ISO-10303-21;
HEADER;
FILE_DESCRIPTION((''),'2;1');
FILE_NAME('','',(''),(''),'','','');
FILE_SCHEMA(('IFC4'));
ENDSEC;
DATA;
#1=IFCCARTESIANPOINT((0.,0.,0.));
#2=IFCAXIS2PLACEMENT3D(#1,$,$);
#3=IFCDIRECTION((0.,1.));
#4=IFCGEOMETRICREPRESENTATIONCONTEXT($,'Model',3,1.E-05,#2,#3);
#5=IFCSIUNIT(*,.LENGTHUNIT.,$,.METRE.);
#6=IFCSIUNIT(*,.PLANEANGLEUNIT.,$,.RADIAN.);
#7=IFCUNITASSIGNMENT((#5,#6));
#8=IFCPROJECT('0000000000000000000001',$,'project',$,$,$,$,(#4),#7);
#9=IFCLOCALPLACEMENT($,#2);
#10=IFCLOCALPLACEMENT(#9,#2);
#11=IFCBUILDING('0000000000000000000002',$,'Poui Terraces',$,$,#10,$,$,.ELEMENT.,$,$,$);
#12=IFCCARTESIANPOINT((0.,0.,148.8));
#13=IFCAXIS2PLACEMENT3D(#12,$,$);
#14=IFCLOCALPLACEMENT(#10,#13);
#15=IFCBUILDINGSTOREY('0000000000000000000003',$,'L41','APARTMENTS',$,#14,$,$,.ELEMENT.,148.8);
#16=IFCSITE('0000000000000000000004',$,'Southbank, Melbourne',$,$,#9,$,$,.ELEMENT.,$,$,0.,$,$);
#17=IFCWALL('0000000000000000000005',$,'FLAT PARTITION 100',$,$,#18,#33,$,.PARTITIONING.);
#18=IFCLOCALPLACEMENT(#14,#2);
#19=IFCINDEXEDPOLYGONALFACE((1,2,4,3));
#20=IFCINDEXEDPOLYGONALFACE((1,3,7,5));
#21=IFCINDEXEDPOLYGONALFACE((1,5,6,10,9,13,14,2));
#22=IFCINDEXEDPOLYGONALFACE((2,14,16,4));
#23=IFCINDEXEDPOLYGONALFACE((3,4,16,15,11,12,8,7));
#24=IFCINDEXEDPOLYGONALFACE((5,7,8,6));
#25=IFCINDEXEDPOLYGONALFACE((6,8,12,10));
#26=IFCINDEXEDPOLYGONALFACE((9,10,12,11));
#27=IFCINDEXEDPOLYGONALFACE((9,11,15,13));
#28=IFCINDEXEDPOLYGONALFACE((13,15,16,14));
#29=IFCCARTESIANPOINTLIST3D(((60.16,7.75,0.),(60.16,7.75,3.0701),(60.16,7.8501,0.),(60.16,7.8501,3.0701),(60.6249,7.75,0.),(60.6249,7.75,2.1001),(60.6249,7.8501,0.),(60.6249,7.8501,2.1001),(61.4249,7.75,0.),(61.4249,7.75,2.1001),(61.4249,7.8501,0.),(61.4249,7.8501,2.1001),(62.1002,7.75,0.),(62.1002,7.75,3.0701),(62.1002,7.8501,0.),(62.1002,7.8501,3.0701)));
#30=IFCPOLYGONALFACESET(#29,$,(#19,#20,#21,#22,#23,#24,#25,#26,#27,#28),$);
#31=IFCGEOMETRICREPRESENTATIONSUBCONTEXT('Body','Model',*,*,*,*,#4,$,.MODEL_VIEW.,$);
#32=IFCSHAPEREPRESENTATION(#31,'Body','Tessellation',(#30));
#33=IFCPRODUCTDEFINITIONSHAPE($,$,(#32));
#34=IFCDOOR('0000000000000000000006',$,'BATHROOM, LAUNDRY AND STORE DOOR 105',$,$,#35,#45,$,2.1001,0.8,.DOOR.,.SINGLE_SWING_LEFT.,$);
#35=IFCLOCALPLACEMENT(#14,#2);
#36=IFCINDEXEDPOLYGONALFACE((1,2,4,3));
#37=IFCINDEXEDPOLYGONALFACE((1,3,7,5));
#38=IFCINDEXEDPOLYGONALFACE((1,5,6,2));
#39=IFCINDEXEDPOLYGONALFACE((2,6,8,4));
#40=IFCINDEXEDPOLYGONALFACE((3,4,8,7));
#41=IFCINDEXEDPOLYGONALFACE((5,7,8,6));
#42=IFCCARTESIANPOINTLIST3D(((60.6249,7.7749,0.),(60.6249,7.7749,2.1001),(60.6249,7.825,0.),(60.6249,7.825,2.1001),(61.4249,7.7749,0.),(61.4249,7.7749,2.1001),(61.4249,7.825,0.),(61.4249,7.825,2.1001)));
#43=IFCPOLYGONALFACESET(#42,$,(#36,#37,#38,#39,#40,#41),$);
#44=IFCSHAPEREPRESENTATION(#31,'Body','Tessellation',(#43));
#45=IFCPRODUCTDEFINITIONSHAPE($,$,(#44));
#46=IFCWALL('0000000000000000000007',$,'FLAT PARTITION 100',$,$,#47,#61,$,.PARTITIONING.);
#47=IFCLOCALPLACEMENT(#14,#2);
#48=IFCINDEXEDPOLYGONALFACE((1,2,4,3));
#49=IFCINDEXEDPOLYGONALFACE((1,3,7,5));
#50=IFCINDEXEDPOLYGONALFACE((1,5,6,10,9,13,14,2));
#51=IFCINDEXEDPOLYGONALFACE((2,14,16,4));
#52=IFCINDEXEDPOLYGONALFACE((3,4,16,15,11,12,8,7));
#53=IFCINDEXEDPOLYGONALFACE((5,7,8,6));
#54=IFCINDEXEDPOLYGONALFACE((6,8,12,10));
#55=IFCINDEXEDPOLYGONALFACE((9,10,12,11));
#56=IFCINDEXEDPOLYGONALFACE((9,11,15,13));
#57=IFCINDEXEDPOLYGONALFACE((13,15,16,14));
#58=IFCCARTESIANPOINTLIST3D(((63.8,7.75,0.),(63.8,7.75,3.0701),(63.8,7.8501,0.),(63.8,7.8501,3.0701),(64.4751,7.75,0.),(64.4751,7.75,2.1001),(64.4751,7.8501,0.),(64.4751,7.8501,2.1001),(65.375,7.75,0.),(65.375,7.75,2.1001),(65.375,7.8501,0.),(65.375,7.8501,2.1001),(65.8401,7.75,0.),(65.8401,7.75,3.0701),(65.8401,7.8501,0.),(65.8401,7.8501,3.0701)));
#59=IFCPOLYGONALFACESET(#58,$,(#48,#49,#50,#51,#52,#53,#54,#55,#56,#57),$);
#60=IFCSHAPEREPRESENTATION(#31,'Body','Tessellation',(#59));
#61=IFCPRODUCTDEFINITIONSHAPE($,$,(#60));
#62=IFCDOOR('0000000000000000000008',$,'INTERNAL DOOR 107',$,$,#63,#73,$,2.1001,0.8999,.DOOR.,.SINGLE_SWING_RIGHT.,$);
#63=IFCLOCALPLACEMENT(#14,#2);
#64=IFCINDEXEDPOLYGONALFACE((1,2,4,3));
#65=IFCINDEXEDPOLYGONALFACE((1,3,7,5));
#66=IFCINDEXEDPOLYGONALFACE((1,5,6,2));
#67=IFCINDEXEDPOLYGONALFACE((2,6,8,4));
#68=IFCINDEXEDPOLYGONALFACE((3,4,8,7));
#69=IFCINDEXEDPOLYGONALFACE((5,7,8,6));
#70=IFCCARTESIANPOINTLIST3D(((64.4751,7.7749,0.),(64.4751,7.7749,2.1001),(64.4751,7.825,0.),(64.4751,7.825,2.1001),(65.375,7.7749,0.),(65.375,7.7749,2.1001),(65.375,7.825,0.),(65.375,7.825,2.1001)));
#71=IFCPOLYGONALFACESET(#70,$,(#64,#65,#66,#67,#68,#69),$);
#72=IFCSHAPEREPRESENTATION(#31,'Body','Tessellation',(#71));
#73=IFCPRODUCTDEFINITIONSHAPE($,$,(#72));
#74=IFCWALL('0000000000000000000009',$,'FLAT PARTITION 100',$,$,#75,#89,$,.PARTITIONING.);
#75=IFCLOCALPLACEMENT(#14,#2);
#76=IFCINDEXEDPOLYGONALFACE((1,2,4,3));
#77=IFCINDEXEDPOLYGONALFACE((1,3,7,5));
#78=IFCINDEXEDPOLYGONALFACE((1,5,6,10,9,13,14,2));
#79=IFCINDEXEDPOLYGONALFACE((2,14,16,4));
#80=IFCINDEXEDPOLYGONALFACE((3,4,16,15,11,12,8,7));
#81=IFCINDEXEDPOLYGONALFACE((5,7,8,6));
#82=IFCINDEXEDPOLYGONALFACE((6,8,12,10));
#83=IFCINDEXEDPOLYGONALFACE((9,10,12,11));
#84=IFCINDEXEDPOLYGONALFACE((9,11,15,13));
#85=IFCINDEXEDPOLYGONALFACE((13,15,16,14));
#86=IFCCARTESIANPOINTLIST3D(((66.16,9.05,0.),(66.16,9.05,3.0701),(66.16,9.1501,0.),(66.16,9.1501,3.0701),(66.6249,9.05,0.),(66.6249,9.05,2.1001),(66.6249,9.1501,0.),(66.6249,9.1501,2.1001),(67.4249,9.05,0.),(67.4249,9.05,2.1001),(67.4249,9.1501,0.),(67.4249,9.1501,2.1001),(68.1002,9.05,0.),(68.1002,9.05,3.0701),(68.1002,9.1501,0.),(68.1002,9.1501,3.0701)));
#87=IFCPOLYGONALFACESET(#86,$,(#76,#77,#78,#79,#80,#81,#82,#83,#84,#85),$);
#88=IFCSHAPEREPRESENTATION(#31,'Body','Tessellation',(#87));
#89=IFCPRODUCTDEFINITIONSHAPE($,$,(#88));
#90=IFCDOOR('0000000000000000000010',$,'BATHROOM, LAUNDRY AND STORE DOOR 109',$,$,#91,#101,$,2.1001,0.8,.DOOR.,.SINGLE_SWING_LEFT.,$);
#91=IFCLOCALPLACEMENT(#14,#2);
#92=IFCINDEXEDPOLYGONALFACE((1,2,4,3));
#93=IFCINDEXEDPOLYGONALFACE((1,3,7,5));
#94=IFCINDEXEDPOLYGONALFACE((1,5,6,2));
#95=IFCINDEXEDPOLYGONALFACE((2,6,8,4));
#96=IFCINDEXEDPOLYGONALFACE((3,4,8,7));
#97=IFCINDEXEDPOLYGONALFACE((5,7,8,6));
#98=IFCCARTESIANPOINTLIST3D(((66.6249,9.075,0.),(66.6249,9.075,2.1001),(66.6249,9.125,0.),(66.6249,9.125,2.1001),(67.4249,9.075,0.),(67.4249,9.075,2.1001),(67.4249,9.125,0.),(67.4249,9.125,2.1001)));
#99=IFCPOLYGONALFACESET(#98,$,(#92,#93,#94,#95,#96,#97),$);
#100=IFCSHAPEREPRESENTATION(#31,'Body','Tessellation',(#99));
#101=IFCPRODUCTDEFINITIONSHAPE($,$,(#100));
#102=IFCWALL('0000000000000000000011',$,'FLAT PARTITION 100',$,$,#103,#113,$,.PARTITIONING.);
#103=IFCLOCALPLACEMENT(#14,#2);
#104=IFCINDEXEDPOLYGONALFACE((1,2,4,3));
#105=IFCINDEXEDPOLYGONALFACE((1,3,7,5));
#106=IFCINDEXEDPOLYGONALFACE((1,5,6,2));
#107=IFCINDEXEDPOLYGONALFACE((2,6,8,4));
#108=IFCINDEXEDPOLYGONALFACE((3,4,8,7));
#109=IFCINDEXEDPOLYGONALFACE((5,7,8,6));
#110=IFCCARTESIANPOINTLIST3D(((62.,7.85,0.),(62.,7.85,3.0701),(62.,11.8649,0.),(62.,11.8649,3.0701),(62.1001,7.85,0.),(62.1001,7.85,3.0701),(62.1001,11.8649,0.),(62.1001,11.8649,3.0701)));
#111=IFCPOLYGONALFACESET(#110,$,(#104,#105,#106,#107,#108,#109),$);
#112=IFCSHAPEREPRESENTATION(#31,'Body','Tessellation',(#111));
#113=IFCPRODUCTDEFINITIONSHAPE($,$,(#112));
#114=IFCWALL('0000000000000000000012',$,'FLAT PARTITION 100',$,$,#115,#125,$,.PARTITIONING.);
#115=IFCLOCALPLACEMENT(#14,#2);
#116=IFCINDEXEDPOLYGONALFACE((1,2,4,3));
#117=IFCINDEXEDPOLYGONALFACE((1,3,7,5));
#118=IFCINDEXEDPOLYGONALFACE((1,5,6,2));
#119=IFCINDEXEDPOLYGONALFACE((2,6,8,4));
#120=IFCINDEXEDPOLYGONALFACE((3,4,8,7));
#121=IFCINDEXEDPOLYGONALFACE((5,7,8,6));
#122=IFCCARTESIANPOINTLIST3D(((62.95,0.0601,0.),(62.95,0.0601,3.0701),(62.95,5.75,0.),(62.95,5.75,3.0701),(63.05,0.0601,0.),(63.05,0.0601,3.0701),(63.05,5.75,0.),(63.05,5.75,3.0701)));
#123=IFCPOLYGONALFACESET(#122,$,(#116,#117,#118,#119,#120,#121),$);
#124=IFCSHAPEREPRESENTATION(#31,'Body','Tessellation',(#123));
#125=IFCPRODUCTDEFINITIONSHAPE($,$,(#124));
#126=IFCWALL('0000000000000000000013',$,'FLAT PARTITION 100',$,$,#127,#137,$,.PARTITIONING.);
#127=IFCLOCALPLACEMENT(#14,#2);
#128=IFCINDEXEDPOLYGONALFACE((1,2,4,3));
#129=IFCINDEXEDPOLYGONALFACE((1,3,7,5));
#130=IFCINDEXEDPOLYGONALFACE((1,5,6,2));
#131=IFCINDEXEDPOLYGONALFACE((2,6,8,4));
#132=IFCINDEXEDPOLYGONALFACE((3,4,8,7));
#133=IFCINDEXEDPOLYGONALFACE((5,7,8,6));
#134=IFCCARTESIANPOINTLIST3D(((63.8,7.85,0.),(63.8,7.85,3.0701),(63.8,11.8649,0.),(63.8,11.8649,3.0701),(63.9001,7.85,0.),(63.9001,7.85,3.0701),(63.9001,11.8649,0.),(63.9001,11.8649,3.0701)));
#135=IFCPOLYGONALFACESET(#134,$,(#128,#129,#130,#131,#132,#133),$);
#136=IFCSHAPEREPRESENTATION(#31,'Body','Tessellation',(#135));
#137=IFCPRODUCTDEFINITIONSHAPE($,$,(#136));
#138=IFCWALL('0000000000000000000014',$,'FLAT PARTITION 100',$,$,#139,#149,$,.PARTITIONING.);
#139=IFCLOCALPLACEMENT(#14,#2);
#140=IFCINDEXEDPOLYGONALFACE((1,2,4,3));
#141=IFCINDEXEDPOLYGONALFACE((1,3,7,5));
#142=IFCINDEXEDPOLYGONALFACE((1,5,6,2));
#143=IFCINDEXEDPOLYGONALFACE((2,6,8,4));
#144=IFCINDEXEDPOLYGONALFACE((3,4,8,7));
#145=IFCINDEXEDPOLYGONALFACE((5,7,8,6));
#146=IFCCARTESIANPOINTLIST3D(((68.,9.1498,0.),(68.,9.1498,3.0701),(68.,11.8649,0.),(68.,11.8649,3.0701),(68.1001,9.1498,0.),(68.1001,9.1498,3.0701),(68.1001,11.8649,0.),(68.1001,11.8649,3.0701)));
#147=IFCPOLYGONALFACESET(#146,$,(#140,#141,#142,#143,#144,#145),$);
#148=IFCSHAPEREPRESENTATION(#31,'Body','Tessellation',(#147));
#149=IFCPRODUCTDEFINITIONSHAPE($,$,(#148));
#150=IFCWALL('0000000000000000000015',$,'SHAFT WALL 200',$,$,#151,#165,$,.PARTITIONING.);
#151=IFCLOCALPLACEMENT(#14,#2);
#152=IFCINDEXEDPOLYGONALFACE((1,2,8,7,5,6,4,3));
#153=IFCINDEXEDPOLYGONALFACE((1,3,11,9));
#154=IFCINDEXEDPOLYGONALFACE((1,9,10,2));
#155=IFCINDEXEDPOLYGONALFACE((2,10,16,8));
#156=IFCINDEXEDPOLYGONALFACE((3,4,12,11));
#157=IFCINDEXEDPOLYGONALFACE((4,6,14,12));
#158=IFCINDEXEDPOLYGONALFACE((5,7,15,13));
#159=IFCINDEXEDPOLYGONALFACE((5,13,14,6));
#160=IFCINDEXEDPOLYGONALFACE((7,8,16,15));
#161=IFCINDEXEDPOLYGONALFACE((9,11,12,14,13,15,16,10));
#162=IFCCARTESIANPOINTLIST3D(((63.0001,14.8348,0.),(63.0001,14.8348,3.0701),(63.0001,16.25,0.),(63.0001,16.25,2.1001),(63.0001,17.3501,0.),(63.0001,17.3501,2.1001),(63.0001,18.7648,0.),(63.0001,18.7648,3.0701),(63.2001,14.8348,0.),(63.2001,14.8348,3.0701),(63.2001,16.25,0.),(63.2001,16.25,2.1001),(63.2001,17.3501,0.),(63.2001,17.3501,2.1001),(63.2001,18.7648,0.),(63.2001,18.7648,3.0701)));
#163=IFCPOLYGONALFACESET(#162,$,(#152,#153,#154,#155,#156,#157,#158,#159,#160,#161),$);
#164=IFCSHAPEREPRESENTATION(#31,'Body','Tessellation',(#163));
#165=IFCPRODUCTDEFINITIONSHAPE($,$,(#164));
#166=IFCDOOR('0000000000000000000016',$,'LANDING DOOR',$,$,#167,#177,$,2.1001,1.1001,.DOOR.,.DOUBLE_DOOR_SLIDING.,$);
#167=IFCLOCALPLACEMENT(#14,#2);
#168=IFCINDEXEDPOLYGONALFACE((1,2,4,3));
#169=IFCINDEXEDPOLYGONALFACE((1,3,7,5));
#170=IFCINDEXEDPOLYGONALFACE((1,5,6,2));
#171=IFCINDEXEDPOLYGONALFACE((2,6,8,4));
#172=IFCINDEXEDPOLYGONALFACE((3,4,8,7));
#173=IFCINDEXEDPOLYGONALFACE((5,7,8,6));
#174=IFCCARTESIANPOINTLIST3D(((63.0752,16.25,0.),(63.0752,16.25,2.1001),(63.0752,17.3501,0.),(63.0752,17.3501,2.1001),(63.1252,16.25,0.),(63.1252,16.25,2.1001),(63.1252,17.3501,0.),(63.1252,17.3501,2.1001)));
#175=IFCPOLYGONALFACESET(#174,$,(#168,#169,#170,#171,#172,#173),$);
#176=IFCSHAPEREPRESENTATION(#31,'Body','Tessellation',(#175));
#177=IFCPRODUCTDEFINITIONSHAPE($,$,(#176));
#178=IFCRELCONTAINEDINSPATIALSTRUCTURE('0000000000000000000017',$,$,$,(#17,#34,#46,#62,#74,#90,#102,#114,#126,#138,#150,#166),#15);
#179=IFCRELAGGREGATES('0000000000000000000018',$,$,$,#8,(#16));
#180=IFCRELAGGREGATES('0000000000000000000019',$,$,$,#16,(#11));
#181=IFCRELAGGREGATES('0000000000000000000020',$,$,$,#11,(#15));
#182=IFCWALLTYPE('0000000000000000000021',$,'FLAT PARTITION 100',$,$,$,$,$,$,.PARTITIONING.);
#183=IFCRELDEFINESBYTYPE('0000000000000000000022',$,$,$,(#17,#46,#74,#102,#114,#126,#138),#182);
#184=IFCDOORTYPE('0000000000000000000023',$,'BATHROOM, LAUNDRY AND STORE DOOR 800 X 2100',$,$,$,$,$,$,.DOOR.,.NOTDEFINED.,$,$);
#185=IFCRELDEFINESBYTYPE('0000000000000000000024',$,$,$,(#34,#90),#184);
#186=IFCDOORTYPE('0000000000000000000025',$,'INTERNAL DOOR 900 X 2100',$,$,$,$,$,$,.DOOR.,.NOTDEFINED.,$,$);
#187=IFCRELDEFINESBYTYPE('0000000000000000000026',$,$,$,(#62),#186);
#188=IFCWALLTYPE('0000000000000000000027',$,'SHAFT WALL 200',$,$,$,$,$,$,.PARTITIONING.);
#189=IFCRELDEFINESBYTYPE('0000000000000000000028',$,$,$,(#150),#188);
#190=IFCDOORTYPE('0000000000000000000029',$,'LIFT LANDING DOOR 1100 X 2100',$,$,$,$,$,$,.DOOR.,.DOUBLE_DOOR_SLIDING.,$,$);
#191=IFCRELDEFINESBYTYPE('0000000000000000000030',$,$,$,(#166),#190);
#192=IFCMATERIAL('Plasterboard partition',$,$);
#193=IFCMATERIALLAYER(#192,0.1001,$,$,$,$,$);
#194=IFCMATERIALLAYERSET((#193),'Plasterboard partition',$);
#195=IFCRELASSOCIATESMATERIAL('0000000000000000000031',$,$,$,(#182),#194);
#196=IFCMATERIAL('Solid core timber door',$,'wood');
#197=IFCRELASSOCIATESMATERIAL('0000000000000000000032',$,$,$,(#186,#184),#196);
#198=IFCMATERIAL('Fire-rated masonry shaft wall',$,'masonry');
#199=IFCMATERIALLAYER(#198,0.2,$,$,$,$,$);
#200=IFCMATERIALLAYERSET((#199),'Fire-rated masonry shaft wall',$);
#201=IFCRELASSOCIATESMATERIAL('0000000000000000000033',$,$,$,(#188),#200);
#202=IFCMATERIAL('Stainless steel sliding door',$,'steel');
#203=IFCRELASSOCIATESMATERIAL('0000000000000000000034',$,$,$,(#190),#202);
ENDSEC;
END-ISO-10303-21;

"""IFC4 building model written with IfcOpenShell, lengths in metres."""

from ifc_helpers import new_model, si_unit, direction, frame, frame_2d, origin, place, context, subcontext, project, spatial, rectangle, extrude, material, layer, layer_set, type_object, element, fill, save


model = new_model("IFC4")

# Units and contexts
model_context = context("Model", 3, precision=1e-05, world=origin(), true_north=direction((0.0, 1.0)))
body_context = subcontext(model_context, "Body", "Model", "MODEL_VIEW")
ifc_project = project(units=[si_unit("LENGTHUNIT", "METRE"), si_unit("PLANEANGLEUNIT", "RADIAN")], contexts=[model_context])

# Site, building, storey
site_placement = place(None, origin())
site = spatial("IfcSite", under=ifc_project, at=site_placement, Name="Southbank, Melbourne", CompositionType="ELEMENT", RefElevation=0.0)
building_placement = place(site_placement, origin())
building = spatial("IfcBuilding", under=site, at=building_placement, Name="Poui Terraces", CompositionType="ELEMENT")
storey_placement = place(building_placement, frame((0.0, 0.0, 148.8)))
storey = spatial("IfcBuildingStorey", under=building, at=storey_placement, Name="L41", Description="APARTMENTS", CompositionType="ELEMENT", Elevation=148.8)

# Walls, openings, doors
ifc_material_1 = material(Name="Plasterboard partition")
ifc_layer_1 = layer(ifc_material_1, 0.1001)
ifc_layer_set_1 = layer_set([ifc_layer_1], Name="Plasterboard partition")
wall_type_1 = type_object("IfcWallType", Name="FLAT PARTITION 100", PredefinedType="PARTITIONING", material=ifc_layer_set_1)
ifc_material_2 = material(Name="Solid core timber door", Category="wood")
door_type_1 = type_object("IfcDoorType", Name="INTERNAL DOOR 900 X 2100", OperationType="NOTDEFINED", PredefinedType="DOOR", material=ifc_material_2)
wall_1_placement = place(storey_placement, frame((60.1599, 7.8, 0.0), z_axis=(0.0, 0.0, 1.0), x_axis=(1.0, 0.0, 0.0)))
wall_1 = element("IfcWall", 1, at=wall_1_placement, inside=storey, type_object=wall_type_1, Name="FLAT PARTITION 100", PredefinedType="PARTITIONING", context=body_context, shape_type="SweptSolid", body=[
    extrude(rectangle(XDim=1.9402, YDim=0.1001, at=frame_2d((0.9702, 0.0))), origin(), (0.0, 0.0, 1.0), 3.0701),
])
opening_1_placement = place(wall_1_placement, frame((0.4651, 0.0, 0.0)))
opening_1 = element("IfcOpeningElement", 2, at=opening_1_placement, cuts=wall_1, PredefinedType="OPENING", context=body_context, shape_type="SweptSolid", body=[
    extrude(rectangle(XDim=0.8, YDim=2.1001, at=frame_2d((0.3999, 1.05))), frame((0.0, 0.0601, 0.0), z_axis=(0.0, -1.0, 0.0), x_axis=(1.0, 0.0, 0.0)), (0.0, 0.0, 1.0), 0.1201),
])
door_type_2 = type_object("IfcDoorType", Name="BATHROOM, LAUNDRY AND STORE DOOR 800 X 2100", OperationType="NOTDEFINED", PredefinedType="DOOR", material=ifc_material_2)
door_1_placement = place(opening_1_placement, origin())
door_1 = element("IfcDoor", 3, at=door_1_placement, inside=storey, type_object=door_type_2, Name="BATHROOM, LAUNDRY AND STORE DOOR 105", OperationType="SINGLE_SWING_LEFT", OverallHeight=2.1001, OverallWidth=0.8, PredefinedType="DOOR", context=body_context, shape_type="SweptSolid", body=[
    extrude(rectangle(XDim=0.8, YDim=2.1001, at=frame_2d((0.3999, 1.05))), frame((0.0, 0.0249, 0.0), z_axis=(0.0, -1.0, 0.0), x_axis=(1.0, 0.0, 0.0)), (0.0, 0.0, 1.0), 0.05),
])
fill(opening_1, door_1)
wall_2_placement = place(storey_placement, frame((63.8, 7.8, 0.0), z_axis=(0.0, 0.0, 1.0), x_axis=(1.0, 0.0, 0.0)))
wall_2 = element("IfcWall", 4, at=wall_2_placement, inside=storey, type_object=wall_type_1, Name="FLAT PARTITION 100", PredefinedType="PARTITIONING", context=body_context, shape_type="SweptSolid", body=[
    extrude(rectangle(XDim=2.04, YDim=0.1001, at=frame_2d((1.02, 0.0))), origin(), (0.0, 0.0, 1.0), 3.0701),
])
opening_2_placement = place(wall_2_placement, frame((0.675, 0.0, 0.0)))
opening_2 = element("IfcOpeningElement", 5, at=opening_2_placement, cuts=wall_2, PredefinedType="OPENING", context=body_context, shape_type="SweptSolid", body=[
    extrude(rectangle(XDim=0.8999, YDim=2.1001, at=frame_2d((0.45, 1.05))), frame((0.0, 0.0601, 0.0), z_axis=(0.0, -1.0, 0.0), x_axis=(1.0, 0.0, 0.0)), (0.0, 0.0, 1.0), 0.1201),
])
door_2_placement = place(opening_2_placement, origin())
door_2 = element("IfcDoor", 6, at=door_2_placement, inside=storey, type_object=door_type_1, Name="INTERNAL DOOR 107", OperationType="SINGLE_SWING_RIGHT", OverallHeight=2.1001, OverallWidth=0.8999, PredefinedType="DOOR", context=body_context, shape_type="SweptSolid", body=[
    extrude(rectangle(XDim=0.8999, YDim=2.1001, at=frame_2d((0.45, 1.05))), frame((0.0, 0.0249, 0.0), z_axis=(0.0, -1.0, 0.0), x_axis=(1.0, 0.0, 0.0)), (0.0, 0.0, 1.0), 0.05),
])
fill(opening_2, door_2)
wall_3_placement = place(storey_placement, frame((66.1599, 9.1001, 0.0), z_axis=(0.0, 0.0, 1.0), x_axis=(1.0, 0.0, 0.0)))
wall_3 = element("IfcWall", 7, at=wall_3_placement, inside=storey, type_object=wall_type_1, Name="FLAT PARTITION 100", PredefinedType="PARTITIONING", context=body_context, shape_type="SweptSolid", body=[
    extrude(rectangle(XDim=1.9402, YDim=0.1001, at=frame_2d((0.9702, 0.0))), origin(), (0.0, 0.0, 1.0), 3.0701),
])
opening_3_placement = place(wall_3_placement, frame((0.4651, 0.0, 0.0)))
opening_3 = element("IfcOpeningElement", 8, at=opening_3_placement, cuts=wall_3, PredefinedType="OPENING", context=body_context, shape_type="SweptSolid", body=[
    extrude(rectangle(XDim=0.8, YDim=2.1001, at=frame_2d((0.3999, 1.05))), frame((0.0, 0.0601, 0.0), z_axis=(0.0, -1.0, 0.0), x_axis=(1.0, 0.0, 0.0)), (0.0, 0.0, 1.0), 0.1201),
])
door_3_placement = place(opening_3_placement, origin())
door_3 = element("IfcDoor", 9, at=door_3_placement, inside=storey, type_object=door_type_2, Name="BATHROOM, LAUNDRY AND STORE DOOR 109", OperationType="SINGLE_SWING_LEFT", OverallHeight=2.1001, OverallWidth=0.8, PredefinedType="DOOR", context=body_context, shape_type="SweptSolid", body=[
    extrude(rectangle(XDim=0.8, YDim=2.1001, at=frame_2d((0.3999, 1.05))), frame((0.0, 0.0249, 0.0), z_axis=(0.0, -1.0, 0.0), x_axis=(1.0, 0.0, 0.0)), (0.0, 0.0, 1.0), 0.05),
])
fill(opening_3, door_3)

# Walls
wall_4_placement = place(storey_placement, frame((62.05, 7.8501, 0.0), z_axis=(0.0, 0.0, 1.0), x_axis=(0.0, 1.0, 0.0)))
element("IfcWall", 10, at=wall_4_placement, inside=storey, type_object=wall_type_1, Name="FLAT PARTITION 100", PredefinedType="PARTITIONING", context=body_context, shape_type="SweptSolid", body=[
    extrude(rectangle(XDim=4.0149, YDim=0.1001, at=frame_2d((2.0073, 0.0))), origin(), (0.0, 0.0, 1.0), 3.0701),
])
wall_5_placement = place(storey_placement, frame((63.0, 0.0601, 0.0), z_axis=(0.0, 0.0, 1.0), x_axis=(0.0, 1.0, 0.0)))
element("IfcWall", 11, at=wall_5_placement, inside=storey, type_object=wall_type_1, Name="FLAT PARTITION 100", PredefinedType="PARTITIONING", context=body_context, shape_type="SweptSolid", body=[
    extrude(rectangle(XDim=5.6899, YDim=0.1001, at=frame_2d((2.845, 0.0))), origin(), (0.0, 0.0, 1.0), 3.0701),
])
wall_6_placement = place(storey_placement, frame((63.8501, 7.8501, 0.0), z_axis=(0.0, 0.0, 1.0), x_axis=(0.0, 1.0, 0.0)))
element("IfcWall", 12, at=wall_6_placement, inside=storey, type_object=wall_type_1, Name="FLAT PARTITION 100", PredefinedType="PARTITIONING", context=body_context, shape_type="SweptSolid", body=[
    extrude(rectangle(XDim=4.0149, YDim=0.1001, at=frame_2d((2.0073, 0.0))), origin(), (0.0, 0.0, 1.0), 3.0701),
])
wall_7_placement = place(storey_placement, frame((68.05, 9.1499, 0.0), z_axis=(0.0, 0.0, 1.0), x_axis=(0.0, 1.0, 0.0)))
element("IfcWall", 13, at=wall_7_placement, inside=storey, type_object=wall_type_1, Name="FLAT PARTITION 100", PredefinedType="PARTITIONING", context=body_context, shape_type="SweptSolid", body=[
    extrude(rectangle(XDim=2.7151, YDim=0.1001, at=frame_2d((1.3574, 0.0))), origin(), (0.0, 0.0, 1.0), 3.0701),
])
ifc_material_3 = material(Name="Fire-rated masonry shaft wall", Category="masonry")
ifc_layer_2 = layer(ifc_material_3, 0.2)
ifc_layer_set_2 = layer_set([ifc_layer_2], Name="Fire-rated masonry shaft wall")
wall_type_2 = type_object("IfcWallType", Name="SHAFT WALL 200", PredefinedType="PARTITIONING", material=ifc_layer_set_2)

# Wall, opening, door
wall_8_placement = place(storey_placement, frame((63.1001, 14.835, 0.0), z_axis=(0.0, 0.0, 1.0), x_axis=(0.0, 1.0, 0.0)))
wall_8 = element("IfcWall", 14, at=wall_8_placement, inside=storey, type_object=wall_type_2, Name="SHAFT WALL 200", PredefinedType="PARTITIONING", context=body_context, shape_type="SweptSolid", body=[
    extrude(rectangle(XDim=3.9299, YDim=0.2, at=frame_2d((1.9648, 0.0))), origin(), (0.0, 0.0, 1.0), 3.0701),
])
opening_4_placement = place(wall_8_placement, frame((1.415, 0.0, 0.0)))
opening_4 = element("IfcOpeningElement", 15, at=opening_4_placement, cuts=wall_8, PredefinedType="OPENING", context=body_context, shape_type="SweptSolid", body=[
    extrude(rectangle(XDim=1.1001, YDim=2.1001, at=frame_2d((0.55, 1.05))), frame((0.0, 0.1099, 0.0), z_axis=(0.0, -1.0, 0.0), x_axis=(1.0, 0.0, 0.0)), (0.0, 0.0, 1.0), 0.22),
])
ifc_material_4 = material(Name="Stainless steel sliding door", Category="steel")
door_type_3 = type_object("IfcDoorType", Name="LIFT LANDING DOOR 1100 X 2100", OperationType="DOUBLE_DOOR_SLIDING", PredefinedType="DOOR", material=ifc_material_4)
door_4_placement = place(opening_4_placement, origin())
door_4 = element("IfcDoor", 16, at=door_4_placement, inside=storey, type_object=door_type_3, Name="LANDING DOOR", OperationType="DOUBLE_DOOR_SLIDING", OverallHeight=2.1001, OverallWidth=1.1001, PredefinedType="DOOR", context=body_context, shape_type="SweptSolid", body=[
    extrude(rectangle(XDim=1.1001, YDim=2.1001, at=frame_2d((0.55, 1.05))), frame((0.0, 0.0249, 0.0), z_axis=(0.0, -1.0, 0.0), x_axis=(1.0, 0.0, 0.0)), (0.0, 0.0, 1.0), 0.05),
])
fill(opening_4, door_4)

save(model, "model.ifc")
